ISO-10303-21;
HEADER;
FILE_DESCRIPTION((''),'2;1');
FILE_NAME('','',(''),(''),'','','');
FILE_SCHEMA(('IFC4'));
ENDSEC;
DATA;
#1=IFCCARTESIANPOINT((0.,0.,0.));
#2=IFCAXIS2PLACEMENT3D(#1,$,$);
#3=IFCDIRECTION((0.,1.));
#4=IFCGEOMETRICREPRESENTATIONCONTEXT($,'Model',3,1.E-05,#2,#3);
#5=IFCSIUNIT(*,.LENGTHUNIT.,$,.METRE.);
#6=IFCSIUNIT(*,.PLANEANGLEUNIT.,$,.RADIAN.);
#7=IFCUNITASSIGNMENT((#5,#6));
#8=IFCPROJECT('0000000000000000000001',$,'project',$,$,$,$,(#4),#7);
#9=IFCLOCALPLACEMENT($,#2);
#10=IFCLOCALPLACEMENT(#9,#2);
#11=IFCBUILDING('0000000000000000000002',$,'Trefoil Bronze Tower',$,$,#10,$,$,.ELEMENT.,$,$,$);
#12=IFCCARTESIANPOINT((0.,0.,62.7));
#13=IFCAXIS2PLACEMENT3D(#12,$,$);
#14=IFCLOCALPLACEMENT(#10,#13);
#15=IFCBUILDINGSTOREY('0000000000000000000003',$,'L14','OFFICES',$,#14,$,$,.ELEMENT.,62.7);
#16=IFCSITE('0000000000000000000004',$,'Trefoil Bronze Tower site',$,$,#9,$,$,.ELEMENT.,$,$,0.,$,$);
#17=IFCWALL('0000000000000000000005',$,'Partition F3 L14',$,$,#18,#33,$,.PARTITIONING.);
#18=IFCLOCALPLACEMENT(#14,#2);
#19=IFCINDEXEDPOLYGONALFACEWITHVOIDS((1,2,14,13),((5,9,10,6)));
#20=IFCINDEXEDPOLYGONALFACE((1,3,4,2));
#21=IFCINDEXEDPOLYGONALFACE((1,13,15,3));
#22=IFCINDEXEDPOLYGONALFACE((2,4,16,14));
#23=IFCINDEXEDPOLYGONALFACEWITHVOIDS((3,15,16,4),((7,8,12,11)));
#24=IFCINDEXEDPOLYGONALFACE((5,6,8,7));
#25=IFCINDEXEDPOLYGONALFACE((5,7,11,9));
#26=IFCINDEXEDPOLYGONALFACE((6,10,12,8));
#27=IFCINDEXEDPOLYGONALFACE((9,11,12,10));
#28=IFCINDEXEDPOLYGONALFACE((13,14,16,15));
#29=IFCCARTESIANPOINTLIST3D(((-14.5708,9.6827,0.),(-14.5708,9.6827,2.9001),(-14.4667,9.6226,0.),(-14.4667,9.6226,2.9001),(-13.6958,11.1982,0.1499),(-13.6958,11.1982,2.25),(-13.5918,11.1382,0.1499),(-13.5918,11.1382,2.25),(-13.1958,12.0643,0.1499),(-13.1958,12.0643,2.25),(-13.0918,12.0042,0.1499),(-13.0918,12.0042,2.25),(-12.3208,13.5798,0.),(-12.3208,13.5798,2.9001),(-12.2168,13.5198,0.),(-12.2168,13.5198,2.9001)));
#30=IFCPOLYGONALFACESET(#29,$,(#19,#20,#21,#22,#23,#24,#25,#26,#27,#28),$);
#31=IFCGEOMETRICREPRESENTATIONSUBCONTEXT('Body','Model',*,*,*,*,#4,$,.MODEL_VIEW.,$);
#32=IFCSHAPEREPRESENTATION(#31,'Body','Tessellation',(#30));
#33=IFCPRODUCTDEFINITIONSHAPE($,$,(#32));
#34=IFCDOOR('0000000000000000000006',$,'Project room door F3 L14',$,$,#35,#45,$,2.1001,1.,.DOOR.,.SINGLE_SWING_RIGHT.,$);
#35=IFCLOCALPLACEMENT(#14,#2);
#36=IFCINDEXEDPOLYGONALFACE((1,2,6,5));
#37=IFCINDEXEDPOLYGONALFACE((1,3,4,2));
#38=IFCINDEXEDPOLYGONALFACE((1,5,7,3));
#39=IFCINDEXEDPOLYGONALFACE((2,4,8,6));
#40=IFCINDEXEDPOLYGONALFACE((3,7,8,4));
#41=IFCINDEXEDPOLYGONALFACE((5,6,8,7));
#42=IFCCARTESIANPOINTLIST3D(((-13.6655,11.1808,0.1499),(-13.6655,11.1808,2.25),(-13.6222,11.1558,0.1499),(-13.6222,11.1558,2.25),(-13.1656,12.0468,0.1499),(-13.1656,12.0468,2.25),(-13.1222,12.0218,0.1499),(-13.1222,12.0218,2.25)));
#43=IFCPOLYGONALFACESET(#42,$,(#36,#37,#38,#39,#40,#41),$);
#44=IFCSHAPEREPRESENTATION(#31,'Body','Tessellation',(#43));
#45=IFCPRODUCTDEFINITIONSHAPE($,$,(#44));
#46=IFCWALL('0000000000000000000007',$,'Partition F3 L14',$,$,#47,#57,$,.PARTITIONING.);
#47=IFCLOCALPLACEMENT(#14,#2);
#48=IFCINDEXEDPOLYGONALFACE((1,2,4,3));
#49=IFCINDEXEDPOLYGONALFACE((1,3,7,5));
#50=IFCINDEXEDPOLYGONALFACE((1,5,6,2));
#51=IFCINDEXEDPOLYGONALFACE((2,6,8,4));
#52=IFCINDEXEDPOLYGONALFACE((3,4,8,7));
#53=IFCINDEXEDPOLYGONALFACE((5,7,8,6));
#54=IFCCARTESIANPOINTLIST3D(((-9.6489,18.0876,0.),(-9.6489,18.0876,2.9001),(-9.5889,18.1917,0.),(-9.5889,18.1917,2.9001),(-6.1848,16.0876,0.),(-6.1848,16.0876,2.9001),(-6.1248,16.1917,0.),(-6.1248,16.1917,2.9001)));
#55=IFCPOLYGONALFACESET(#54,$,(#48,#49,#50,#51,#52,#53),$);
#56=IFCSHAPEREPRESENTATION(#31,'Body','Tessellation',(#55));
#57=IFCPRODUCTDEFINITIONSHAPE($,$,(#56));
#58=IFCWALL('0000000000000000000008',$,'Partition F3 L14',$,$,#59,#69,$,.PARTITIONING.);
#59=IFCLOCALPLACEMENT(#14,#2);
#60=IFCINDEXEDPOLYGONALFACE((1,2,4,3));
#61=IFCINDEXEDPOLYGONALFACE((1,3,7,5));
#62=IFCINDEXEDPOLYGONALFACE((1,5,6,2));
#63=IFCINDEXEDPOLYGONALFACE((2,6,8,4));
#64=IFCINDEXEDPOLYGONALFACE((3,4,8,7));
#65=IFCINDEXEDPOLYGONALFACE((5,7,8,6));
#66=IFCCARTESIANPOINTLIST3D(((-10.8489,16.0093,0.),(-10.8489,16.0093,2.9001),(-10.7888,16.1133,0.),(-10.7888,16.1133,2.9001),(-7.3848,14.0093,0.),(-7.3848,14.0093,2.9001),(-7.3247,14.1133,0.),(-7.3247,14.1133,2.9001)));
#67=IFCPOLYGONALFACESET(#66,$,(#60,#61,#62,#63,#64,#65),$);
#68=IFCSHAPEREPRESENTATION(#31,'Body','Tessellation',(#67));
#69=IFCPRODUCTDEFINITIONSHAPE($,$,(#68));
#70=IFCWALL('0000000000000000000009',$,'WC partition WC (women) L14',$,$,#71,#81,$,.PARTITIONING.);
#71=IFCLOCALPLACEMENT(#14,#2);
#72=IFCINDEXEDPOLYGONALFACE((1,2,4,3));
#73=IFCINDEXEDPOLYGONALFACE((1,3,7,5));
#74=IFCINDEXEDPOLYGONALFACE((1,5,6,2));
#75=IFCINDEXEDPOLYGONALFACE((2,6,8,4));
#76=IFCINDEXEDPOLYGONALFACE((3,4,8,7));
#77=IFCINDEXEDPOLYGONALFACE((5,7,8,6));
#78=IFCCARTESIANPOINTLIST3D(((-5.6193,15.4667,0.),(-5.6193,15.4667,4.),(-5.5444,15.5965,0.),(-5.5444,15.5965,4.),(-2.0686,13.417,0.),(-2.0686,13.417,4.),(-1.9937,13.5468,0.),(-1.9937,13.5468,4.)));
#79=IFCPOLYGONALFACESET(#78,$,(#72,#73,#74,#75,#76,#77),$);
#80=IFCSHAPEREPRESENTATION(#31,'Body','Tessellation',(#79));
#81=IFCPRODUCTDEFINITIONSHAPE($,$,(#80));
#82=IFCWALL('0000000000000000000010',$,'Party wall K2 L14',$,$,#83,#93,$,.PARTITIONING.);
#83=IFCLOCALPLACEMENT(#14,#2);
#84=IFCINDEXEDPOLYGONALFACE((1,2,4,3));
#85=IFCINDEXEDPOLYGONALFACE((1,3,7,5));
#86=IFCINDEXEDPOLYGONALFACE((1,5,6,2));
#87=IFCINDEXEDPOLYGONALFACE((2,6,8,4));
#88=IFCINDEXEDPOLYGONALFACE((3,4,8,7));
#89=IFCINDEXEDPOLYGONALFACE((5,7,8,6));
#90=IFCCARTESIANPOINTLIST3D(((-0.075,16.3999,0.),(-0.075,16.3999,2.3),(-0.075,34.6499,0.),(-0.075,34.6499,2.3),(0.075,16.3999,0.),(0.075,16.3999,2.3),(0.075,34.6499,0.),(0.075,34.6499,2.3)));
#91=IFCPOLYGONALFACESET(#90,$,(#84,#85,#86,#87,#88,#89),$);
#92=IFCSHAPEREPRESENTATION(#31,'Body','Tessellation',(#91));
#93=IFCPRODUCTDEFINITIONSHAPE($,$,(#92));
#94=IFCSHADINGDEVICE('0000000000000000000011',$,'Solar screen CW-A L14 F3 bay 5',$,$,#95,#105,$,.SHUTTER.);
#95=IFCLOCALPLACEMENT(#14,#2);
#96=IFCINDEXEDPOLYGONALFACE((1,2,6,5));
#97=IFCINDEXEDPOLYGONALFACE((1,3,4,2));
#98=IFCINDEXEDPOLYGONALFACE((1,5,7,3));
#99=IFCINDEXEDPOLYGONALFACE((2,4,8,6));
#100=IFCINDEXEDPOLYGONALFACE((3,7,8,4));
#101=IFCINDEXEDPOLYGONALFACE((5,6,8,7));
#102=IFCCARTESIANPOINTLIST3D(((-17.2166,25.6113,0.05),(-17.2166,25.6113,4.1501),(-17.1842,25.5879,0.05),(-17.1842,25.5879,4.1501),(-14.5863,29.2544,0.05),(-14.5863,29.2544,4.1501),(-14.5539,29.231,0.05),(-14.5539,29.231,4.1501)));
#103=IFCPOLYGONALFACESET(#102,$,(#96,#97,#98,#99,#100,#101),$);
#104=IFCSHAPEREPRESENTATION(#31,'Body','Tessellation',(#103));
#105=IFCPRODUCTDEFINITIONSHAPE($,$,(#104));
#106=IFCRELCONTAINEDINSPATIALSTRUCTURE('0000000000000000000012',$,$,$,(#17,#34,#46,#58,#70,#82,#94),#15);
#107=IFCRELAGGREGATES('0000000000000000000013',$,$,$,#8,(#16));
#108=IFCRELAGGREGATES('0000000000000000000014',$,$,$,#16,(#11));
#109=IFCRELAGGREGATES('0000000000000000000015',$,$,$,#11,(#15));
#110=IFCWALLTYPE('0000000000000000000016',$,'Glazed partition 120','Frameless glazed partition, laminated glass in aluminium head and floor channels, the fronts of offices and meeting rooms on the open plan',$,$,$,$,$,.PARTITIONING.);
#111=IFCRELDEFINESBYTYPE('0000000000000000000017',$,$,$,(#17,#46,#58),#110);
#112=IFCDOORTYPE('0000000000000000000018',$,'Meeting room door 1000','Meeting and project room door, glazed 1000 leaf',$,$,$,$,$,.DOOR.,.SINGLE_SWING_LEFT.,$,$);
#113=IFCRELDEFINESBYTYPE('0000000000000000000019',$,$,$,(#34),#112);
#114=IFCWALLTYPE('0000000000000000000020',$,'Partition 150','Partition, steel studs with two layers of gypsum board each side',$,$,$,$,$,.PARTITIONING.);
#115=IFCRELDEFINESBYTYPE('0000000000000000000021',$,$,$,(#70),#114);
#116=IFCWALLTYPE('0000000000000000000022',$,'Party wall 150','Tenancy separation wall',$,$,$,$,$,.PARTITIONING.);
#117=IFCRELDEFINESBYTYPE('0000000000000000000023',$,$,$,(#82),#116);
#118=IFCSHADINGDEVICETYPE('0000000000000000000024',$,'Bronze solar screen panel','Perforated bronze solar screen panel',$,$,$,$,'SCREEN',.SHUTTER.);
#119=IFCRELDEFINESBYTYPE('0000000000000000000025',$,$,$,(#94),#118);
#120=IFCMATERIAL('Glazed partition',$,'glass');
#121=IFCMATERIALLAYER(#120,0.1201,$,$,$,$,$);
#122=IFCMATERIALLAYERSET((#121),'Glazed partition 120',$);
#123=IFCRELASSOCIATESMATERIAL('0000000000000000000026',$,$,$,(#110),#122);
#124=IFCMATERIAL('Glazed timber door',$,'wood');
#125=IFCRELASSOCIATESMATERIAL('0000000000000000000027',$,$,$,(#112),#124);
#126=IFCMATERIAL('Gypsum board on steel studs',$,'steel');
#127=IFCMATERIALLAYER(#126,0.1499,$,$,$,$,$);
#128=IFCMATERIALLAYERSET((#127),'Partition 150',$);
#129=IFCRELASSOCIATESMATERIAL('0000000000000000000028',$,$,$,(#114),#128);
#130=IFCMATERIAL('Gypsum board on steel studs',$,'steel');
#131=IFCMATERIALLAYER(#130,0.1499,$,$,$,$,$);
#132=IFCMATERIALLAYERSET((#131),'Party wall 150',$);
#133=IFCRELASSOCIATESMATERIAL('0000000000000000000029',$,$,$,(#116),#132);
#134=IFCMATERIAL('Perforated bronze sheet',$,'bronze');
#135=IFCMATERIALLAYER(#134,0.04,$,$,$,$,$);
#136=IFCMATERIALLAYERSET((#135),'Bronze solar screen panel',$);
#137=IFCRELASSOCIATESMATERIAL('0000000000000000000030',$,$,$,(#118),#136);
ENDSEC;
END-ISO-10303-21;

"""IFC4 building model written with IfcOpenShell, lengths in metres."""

from ifc_helpers import new_model, si_unit, direction, frame, frame_2d, origin, origin_2d, place, context, subcontext, project, spatial, rectangle, extrude, material, layer, layer_set, type_object, element, fill, save


model = new_model("IFC4")

# Units and contexts
model_context = context("Model", 3, precision=1e-05, world=origin(), true_north=direction((0.0, 1.0)))
body_context = subcontext(model_context, "Body", "Model", "MODEL_VIEW")
ifc_project = project(units=[si_unit("LENGTHUNIT", "METRE"), si_unit("PLANEANGLEUNIT", "RADIAN")], contexts=[model_context])

# Site, building, storey
site_placement = place(None, origin())
site = spatial("IfcSite", under=ifc_project, at=site_placement, Name="Trefoil Bronze Tower site", CompositionType="ELEMENT", RefElevation=0.0)
building_placement = place(site_placement, origin())
building = spatial("IfcBuilding", under=site, at=building_placement, Name="Trefoil Bronze Tower", CompositionType="ELEMENT")
storey_placement = place(building_placement, frame((0.0, 0.0, 62.7)))
storey = spatial("IfcBuildingStorey", under=building, at=storey_placement, Name="L14", Description="OFFICES", CompositionType="ELEMENT", Elevation=62.7)

# Wall, opening, door
ifc_material_1 = material(Name="Glazed partition", Category="glass")
ifc_layer_1 = layer(ifc_material_1, 0.1201)
ifc_layer_set_1 = layer_set([ifc_layer_1], Name="Glazed partition 120")
wall_type_1 = type_object("IfcWallType", Name="Glazed partition 120", Description="Frameless glazed partition, laminated glass in aluminium head and floor channels, the fronts of offices and meeting rooms on the open plan", PredefinedType="PARTITIONING", material=ifc_layer_set_1)
wall_1_placement = place(storey_placement, frame((-12.2688, 13.5498, 0.0), z_axis=(0.0, 0.0, 1.0), x_axis=(-0.49999, -0.866031, 0.0)))
wall_1 = element("IfcWall", 1, at=wall_1_placement, inside=storey, type_object=wall_type_1, Name="Partition F3 L14", PredefinedType="PARTITIONING", context=body_context, shape_type="SweptSolid", body=[
    extrude(rectangle(XDim=4.5, YDim=0.1201, at=frame_2d((2.25, 0.0))), origin(), (0.0, 0.0, 1.0), 2.9001),
])
opening_1_placement = place(wall_1_placement, frame((1.75, 0.0, 0.1499)))
opening_1 = element("IfcOpeningElement", 2, at=opening_1_placement, cuts=wall_1, PredefinedType="OPENING", context=body_context, shape_type="SweptSolid", body=[
    extrude(rectangle(XDim=1.0, YDim=2.1001, at=frame_2d((0.5, 1.05))), frame((0.0, 0.0701, 0.0), z_axis=(0.0, -1.0, 0.0), x_axis=(1.0, 0.0, 0.0)), (0.0, 0.0, 1.0), 0.1401),
])
ifc_material_2 = material(Name="Glazed timber door", Category="wood")
door_type_1 = type_object("IfcDoorType", Name="Meeting room door 1000", Description="Meeting and project room door, glazed 1000 leaf", OperationType="SINGLE_SWING_LEFT", PredefinedType="DOOR", material=ifc_material_2)
door_1_placement = place(opening_1_placement, origin())
door_1 = element("IfcDoor", 3, at=door_1_placement, inside=storey, type_object=door_type_1, Name="Project room door F3 L14", OperationType="SINGLE_SWING_RIGHT", OverallHeight=2.1001, OverallWidth=1.0, PredefinedType="DOOR", context=body_context, shape_type="SweptSolid", body=[
    extrude(rectangle(XDim=1.0, YDim=2.1001, at=frame_2d((0.5, 1.05))), frame((0.0, 0.0249, 0.0), z_axis=(0.0, -1.0, 0.0), x_axis=(1.0, 0.0, 0.0)), (0.0, 0.0, 1.0), 0.05),
])
fill(opening_1, door_1)

# Walls
for number, where, z_axis, x_axis, name in (
    (4, (-6.1548, 16.1396, 0.0), (0.0, 0.0, 1.0), (-0.866026, 0.499999, 0.0), "Partition F3 L14"),
    (5, (-7.3547, 14.0613, 0.0), (0.0, 0.0, 1.0), (-0.866026, 0.499999, 0.0), "Partition F3 L14"),
):
    element("IfcWall", number, at=place(storey_placement, frame(where, z_axis=z_axis, x_axis=x_axis)), inside=storey, type_object=wall_type_1, Name=name, PredefinedType="PARTITIONING", context=body_context, shape_type="SweptSolid", body=[
        extrude(rectangle(XDim=4.0, YDim=0.1201, at=frame_2d((2.0, 0.0))), origin(), (0.0, 0.0, 1.0), 2.9001),
    ])
ifc_material_3 = material(Name="Gypsum board on steel studs", Category="steel")
ifc_layer_2 = layer(ifc_material_3, 0.1499)
ifc_layer_set_2 = layer_set([ifc_layer_2], Name="Partition 150")
wall_type_2 = type_object("IfcWallType", Name="Partition 150", Description="Partition, steel studs with two layers of gypsum board each side", PredefinedType="PARTITIONING", material=ifc_layer_set_2)
wall_2_placement = place(storey_placement, frame((-2.0312, 13.4819, 0.0), z_axis=(0.0, 0.0, 1.0), x_axis=(-0.866051, 0.499956, 0.0)))
element("IfcWall", 6, at=wall_2_placement, inside=storey, type_object=wall_type_2, Name="WC partition WC (women) L14", PredefinedType="PARTITIONING", context=body_context, shape_type="SweptSolid", body=[
    extrude(rectangle(XDim=4.0999, YDim=0.1499, at=frame_2d((2.0498, 0.0))), origin(), (0.0, 0.0, 1.0), 4.0),
])
ifc_material_4 = material(Name="Gypsum board on steel studs", Category="steel")
ifc_layer_3 = layer(ifc_material_4, 0.1499)
ifc_layer_set_3 = layer_set([ifc_layer_3], Name="Party wall 150")
wall_type_3 = type_object("IfcWallType", Name="Party wall 150", Description="Tenancy separation wall", PredefinedType="PARTITIONING", material=ifc_layer_set_3)
wall_3_placement = place(storey_placement, frame((0.0, 16.3999, 0.0), z_axis=(0.0, 0.0, 1.0), x_axis=(0.0, 1.0, 0.0)))
element("IfcWall", 7, at=wall_3_placement, inside=storey, type_object=wall_type_3, Name="Party wall K2 L14", PredefinedType="PARTITIONING", context=body_context, shape_type="SweptSolid", body=[
    extrude(rectangle(XDim=18.25, YDim=0.1499, at=frame_2d((9.125, 0.0))), origin(), (0.0, 0.0, 1.0), 2.3),
])

# Shading device
ifc_material_5 = material(Name="Perforated bronze sheet", Category="bronze")
ifc_layer_4 = layer(ifc_material_5, 0.04)
ifc_layer_set_4 = layer_set([ifc_layer_4], Name="Bronze solar screen panel")
shading_device_type = type_object("IfcShadingDeviceType", Name="Bronze solar screen panel", Description="Perforated bronze solar screen panel", ElementType="SCREEN", PredefinedType="SHUTTER", material=ifc_layer_set_4)
shading_device_placement = place(storey_placement, frame((-15.8853, 27.4211, 0.05), z_axis=(0.0, 0.0, 1.0), x_axis=(-0.585373, -0.810764, 0.0)))
element("IfcShadingDevice", 8, at=shading_device_placement, inside=storey, type_object=shading_device_type, Name="Solar screen CW-A L14 F3 bay 5", PredefinedType="SHUTTER", context=body_context, shape_type="SweptSolid", body=[
    extrude(rectangle(XDim=4.4934, YDim=0.04, at=origin_2d()), origin(), (0.0, 0.0, 1.0), 4.1001),
])

save(model, "model.ifc")
